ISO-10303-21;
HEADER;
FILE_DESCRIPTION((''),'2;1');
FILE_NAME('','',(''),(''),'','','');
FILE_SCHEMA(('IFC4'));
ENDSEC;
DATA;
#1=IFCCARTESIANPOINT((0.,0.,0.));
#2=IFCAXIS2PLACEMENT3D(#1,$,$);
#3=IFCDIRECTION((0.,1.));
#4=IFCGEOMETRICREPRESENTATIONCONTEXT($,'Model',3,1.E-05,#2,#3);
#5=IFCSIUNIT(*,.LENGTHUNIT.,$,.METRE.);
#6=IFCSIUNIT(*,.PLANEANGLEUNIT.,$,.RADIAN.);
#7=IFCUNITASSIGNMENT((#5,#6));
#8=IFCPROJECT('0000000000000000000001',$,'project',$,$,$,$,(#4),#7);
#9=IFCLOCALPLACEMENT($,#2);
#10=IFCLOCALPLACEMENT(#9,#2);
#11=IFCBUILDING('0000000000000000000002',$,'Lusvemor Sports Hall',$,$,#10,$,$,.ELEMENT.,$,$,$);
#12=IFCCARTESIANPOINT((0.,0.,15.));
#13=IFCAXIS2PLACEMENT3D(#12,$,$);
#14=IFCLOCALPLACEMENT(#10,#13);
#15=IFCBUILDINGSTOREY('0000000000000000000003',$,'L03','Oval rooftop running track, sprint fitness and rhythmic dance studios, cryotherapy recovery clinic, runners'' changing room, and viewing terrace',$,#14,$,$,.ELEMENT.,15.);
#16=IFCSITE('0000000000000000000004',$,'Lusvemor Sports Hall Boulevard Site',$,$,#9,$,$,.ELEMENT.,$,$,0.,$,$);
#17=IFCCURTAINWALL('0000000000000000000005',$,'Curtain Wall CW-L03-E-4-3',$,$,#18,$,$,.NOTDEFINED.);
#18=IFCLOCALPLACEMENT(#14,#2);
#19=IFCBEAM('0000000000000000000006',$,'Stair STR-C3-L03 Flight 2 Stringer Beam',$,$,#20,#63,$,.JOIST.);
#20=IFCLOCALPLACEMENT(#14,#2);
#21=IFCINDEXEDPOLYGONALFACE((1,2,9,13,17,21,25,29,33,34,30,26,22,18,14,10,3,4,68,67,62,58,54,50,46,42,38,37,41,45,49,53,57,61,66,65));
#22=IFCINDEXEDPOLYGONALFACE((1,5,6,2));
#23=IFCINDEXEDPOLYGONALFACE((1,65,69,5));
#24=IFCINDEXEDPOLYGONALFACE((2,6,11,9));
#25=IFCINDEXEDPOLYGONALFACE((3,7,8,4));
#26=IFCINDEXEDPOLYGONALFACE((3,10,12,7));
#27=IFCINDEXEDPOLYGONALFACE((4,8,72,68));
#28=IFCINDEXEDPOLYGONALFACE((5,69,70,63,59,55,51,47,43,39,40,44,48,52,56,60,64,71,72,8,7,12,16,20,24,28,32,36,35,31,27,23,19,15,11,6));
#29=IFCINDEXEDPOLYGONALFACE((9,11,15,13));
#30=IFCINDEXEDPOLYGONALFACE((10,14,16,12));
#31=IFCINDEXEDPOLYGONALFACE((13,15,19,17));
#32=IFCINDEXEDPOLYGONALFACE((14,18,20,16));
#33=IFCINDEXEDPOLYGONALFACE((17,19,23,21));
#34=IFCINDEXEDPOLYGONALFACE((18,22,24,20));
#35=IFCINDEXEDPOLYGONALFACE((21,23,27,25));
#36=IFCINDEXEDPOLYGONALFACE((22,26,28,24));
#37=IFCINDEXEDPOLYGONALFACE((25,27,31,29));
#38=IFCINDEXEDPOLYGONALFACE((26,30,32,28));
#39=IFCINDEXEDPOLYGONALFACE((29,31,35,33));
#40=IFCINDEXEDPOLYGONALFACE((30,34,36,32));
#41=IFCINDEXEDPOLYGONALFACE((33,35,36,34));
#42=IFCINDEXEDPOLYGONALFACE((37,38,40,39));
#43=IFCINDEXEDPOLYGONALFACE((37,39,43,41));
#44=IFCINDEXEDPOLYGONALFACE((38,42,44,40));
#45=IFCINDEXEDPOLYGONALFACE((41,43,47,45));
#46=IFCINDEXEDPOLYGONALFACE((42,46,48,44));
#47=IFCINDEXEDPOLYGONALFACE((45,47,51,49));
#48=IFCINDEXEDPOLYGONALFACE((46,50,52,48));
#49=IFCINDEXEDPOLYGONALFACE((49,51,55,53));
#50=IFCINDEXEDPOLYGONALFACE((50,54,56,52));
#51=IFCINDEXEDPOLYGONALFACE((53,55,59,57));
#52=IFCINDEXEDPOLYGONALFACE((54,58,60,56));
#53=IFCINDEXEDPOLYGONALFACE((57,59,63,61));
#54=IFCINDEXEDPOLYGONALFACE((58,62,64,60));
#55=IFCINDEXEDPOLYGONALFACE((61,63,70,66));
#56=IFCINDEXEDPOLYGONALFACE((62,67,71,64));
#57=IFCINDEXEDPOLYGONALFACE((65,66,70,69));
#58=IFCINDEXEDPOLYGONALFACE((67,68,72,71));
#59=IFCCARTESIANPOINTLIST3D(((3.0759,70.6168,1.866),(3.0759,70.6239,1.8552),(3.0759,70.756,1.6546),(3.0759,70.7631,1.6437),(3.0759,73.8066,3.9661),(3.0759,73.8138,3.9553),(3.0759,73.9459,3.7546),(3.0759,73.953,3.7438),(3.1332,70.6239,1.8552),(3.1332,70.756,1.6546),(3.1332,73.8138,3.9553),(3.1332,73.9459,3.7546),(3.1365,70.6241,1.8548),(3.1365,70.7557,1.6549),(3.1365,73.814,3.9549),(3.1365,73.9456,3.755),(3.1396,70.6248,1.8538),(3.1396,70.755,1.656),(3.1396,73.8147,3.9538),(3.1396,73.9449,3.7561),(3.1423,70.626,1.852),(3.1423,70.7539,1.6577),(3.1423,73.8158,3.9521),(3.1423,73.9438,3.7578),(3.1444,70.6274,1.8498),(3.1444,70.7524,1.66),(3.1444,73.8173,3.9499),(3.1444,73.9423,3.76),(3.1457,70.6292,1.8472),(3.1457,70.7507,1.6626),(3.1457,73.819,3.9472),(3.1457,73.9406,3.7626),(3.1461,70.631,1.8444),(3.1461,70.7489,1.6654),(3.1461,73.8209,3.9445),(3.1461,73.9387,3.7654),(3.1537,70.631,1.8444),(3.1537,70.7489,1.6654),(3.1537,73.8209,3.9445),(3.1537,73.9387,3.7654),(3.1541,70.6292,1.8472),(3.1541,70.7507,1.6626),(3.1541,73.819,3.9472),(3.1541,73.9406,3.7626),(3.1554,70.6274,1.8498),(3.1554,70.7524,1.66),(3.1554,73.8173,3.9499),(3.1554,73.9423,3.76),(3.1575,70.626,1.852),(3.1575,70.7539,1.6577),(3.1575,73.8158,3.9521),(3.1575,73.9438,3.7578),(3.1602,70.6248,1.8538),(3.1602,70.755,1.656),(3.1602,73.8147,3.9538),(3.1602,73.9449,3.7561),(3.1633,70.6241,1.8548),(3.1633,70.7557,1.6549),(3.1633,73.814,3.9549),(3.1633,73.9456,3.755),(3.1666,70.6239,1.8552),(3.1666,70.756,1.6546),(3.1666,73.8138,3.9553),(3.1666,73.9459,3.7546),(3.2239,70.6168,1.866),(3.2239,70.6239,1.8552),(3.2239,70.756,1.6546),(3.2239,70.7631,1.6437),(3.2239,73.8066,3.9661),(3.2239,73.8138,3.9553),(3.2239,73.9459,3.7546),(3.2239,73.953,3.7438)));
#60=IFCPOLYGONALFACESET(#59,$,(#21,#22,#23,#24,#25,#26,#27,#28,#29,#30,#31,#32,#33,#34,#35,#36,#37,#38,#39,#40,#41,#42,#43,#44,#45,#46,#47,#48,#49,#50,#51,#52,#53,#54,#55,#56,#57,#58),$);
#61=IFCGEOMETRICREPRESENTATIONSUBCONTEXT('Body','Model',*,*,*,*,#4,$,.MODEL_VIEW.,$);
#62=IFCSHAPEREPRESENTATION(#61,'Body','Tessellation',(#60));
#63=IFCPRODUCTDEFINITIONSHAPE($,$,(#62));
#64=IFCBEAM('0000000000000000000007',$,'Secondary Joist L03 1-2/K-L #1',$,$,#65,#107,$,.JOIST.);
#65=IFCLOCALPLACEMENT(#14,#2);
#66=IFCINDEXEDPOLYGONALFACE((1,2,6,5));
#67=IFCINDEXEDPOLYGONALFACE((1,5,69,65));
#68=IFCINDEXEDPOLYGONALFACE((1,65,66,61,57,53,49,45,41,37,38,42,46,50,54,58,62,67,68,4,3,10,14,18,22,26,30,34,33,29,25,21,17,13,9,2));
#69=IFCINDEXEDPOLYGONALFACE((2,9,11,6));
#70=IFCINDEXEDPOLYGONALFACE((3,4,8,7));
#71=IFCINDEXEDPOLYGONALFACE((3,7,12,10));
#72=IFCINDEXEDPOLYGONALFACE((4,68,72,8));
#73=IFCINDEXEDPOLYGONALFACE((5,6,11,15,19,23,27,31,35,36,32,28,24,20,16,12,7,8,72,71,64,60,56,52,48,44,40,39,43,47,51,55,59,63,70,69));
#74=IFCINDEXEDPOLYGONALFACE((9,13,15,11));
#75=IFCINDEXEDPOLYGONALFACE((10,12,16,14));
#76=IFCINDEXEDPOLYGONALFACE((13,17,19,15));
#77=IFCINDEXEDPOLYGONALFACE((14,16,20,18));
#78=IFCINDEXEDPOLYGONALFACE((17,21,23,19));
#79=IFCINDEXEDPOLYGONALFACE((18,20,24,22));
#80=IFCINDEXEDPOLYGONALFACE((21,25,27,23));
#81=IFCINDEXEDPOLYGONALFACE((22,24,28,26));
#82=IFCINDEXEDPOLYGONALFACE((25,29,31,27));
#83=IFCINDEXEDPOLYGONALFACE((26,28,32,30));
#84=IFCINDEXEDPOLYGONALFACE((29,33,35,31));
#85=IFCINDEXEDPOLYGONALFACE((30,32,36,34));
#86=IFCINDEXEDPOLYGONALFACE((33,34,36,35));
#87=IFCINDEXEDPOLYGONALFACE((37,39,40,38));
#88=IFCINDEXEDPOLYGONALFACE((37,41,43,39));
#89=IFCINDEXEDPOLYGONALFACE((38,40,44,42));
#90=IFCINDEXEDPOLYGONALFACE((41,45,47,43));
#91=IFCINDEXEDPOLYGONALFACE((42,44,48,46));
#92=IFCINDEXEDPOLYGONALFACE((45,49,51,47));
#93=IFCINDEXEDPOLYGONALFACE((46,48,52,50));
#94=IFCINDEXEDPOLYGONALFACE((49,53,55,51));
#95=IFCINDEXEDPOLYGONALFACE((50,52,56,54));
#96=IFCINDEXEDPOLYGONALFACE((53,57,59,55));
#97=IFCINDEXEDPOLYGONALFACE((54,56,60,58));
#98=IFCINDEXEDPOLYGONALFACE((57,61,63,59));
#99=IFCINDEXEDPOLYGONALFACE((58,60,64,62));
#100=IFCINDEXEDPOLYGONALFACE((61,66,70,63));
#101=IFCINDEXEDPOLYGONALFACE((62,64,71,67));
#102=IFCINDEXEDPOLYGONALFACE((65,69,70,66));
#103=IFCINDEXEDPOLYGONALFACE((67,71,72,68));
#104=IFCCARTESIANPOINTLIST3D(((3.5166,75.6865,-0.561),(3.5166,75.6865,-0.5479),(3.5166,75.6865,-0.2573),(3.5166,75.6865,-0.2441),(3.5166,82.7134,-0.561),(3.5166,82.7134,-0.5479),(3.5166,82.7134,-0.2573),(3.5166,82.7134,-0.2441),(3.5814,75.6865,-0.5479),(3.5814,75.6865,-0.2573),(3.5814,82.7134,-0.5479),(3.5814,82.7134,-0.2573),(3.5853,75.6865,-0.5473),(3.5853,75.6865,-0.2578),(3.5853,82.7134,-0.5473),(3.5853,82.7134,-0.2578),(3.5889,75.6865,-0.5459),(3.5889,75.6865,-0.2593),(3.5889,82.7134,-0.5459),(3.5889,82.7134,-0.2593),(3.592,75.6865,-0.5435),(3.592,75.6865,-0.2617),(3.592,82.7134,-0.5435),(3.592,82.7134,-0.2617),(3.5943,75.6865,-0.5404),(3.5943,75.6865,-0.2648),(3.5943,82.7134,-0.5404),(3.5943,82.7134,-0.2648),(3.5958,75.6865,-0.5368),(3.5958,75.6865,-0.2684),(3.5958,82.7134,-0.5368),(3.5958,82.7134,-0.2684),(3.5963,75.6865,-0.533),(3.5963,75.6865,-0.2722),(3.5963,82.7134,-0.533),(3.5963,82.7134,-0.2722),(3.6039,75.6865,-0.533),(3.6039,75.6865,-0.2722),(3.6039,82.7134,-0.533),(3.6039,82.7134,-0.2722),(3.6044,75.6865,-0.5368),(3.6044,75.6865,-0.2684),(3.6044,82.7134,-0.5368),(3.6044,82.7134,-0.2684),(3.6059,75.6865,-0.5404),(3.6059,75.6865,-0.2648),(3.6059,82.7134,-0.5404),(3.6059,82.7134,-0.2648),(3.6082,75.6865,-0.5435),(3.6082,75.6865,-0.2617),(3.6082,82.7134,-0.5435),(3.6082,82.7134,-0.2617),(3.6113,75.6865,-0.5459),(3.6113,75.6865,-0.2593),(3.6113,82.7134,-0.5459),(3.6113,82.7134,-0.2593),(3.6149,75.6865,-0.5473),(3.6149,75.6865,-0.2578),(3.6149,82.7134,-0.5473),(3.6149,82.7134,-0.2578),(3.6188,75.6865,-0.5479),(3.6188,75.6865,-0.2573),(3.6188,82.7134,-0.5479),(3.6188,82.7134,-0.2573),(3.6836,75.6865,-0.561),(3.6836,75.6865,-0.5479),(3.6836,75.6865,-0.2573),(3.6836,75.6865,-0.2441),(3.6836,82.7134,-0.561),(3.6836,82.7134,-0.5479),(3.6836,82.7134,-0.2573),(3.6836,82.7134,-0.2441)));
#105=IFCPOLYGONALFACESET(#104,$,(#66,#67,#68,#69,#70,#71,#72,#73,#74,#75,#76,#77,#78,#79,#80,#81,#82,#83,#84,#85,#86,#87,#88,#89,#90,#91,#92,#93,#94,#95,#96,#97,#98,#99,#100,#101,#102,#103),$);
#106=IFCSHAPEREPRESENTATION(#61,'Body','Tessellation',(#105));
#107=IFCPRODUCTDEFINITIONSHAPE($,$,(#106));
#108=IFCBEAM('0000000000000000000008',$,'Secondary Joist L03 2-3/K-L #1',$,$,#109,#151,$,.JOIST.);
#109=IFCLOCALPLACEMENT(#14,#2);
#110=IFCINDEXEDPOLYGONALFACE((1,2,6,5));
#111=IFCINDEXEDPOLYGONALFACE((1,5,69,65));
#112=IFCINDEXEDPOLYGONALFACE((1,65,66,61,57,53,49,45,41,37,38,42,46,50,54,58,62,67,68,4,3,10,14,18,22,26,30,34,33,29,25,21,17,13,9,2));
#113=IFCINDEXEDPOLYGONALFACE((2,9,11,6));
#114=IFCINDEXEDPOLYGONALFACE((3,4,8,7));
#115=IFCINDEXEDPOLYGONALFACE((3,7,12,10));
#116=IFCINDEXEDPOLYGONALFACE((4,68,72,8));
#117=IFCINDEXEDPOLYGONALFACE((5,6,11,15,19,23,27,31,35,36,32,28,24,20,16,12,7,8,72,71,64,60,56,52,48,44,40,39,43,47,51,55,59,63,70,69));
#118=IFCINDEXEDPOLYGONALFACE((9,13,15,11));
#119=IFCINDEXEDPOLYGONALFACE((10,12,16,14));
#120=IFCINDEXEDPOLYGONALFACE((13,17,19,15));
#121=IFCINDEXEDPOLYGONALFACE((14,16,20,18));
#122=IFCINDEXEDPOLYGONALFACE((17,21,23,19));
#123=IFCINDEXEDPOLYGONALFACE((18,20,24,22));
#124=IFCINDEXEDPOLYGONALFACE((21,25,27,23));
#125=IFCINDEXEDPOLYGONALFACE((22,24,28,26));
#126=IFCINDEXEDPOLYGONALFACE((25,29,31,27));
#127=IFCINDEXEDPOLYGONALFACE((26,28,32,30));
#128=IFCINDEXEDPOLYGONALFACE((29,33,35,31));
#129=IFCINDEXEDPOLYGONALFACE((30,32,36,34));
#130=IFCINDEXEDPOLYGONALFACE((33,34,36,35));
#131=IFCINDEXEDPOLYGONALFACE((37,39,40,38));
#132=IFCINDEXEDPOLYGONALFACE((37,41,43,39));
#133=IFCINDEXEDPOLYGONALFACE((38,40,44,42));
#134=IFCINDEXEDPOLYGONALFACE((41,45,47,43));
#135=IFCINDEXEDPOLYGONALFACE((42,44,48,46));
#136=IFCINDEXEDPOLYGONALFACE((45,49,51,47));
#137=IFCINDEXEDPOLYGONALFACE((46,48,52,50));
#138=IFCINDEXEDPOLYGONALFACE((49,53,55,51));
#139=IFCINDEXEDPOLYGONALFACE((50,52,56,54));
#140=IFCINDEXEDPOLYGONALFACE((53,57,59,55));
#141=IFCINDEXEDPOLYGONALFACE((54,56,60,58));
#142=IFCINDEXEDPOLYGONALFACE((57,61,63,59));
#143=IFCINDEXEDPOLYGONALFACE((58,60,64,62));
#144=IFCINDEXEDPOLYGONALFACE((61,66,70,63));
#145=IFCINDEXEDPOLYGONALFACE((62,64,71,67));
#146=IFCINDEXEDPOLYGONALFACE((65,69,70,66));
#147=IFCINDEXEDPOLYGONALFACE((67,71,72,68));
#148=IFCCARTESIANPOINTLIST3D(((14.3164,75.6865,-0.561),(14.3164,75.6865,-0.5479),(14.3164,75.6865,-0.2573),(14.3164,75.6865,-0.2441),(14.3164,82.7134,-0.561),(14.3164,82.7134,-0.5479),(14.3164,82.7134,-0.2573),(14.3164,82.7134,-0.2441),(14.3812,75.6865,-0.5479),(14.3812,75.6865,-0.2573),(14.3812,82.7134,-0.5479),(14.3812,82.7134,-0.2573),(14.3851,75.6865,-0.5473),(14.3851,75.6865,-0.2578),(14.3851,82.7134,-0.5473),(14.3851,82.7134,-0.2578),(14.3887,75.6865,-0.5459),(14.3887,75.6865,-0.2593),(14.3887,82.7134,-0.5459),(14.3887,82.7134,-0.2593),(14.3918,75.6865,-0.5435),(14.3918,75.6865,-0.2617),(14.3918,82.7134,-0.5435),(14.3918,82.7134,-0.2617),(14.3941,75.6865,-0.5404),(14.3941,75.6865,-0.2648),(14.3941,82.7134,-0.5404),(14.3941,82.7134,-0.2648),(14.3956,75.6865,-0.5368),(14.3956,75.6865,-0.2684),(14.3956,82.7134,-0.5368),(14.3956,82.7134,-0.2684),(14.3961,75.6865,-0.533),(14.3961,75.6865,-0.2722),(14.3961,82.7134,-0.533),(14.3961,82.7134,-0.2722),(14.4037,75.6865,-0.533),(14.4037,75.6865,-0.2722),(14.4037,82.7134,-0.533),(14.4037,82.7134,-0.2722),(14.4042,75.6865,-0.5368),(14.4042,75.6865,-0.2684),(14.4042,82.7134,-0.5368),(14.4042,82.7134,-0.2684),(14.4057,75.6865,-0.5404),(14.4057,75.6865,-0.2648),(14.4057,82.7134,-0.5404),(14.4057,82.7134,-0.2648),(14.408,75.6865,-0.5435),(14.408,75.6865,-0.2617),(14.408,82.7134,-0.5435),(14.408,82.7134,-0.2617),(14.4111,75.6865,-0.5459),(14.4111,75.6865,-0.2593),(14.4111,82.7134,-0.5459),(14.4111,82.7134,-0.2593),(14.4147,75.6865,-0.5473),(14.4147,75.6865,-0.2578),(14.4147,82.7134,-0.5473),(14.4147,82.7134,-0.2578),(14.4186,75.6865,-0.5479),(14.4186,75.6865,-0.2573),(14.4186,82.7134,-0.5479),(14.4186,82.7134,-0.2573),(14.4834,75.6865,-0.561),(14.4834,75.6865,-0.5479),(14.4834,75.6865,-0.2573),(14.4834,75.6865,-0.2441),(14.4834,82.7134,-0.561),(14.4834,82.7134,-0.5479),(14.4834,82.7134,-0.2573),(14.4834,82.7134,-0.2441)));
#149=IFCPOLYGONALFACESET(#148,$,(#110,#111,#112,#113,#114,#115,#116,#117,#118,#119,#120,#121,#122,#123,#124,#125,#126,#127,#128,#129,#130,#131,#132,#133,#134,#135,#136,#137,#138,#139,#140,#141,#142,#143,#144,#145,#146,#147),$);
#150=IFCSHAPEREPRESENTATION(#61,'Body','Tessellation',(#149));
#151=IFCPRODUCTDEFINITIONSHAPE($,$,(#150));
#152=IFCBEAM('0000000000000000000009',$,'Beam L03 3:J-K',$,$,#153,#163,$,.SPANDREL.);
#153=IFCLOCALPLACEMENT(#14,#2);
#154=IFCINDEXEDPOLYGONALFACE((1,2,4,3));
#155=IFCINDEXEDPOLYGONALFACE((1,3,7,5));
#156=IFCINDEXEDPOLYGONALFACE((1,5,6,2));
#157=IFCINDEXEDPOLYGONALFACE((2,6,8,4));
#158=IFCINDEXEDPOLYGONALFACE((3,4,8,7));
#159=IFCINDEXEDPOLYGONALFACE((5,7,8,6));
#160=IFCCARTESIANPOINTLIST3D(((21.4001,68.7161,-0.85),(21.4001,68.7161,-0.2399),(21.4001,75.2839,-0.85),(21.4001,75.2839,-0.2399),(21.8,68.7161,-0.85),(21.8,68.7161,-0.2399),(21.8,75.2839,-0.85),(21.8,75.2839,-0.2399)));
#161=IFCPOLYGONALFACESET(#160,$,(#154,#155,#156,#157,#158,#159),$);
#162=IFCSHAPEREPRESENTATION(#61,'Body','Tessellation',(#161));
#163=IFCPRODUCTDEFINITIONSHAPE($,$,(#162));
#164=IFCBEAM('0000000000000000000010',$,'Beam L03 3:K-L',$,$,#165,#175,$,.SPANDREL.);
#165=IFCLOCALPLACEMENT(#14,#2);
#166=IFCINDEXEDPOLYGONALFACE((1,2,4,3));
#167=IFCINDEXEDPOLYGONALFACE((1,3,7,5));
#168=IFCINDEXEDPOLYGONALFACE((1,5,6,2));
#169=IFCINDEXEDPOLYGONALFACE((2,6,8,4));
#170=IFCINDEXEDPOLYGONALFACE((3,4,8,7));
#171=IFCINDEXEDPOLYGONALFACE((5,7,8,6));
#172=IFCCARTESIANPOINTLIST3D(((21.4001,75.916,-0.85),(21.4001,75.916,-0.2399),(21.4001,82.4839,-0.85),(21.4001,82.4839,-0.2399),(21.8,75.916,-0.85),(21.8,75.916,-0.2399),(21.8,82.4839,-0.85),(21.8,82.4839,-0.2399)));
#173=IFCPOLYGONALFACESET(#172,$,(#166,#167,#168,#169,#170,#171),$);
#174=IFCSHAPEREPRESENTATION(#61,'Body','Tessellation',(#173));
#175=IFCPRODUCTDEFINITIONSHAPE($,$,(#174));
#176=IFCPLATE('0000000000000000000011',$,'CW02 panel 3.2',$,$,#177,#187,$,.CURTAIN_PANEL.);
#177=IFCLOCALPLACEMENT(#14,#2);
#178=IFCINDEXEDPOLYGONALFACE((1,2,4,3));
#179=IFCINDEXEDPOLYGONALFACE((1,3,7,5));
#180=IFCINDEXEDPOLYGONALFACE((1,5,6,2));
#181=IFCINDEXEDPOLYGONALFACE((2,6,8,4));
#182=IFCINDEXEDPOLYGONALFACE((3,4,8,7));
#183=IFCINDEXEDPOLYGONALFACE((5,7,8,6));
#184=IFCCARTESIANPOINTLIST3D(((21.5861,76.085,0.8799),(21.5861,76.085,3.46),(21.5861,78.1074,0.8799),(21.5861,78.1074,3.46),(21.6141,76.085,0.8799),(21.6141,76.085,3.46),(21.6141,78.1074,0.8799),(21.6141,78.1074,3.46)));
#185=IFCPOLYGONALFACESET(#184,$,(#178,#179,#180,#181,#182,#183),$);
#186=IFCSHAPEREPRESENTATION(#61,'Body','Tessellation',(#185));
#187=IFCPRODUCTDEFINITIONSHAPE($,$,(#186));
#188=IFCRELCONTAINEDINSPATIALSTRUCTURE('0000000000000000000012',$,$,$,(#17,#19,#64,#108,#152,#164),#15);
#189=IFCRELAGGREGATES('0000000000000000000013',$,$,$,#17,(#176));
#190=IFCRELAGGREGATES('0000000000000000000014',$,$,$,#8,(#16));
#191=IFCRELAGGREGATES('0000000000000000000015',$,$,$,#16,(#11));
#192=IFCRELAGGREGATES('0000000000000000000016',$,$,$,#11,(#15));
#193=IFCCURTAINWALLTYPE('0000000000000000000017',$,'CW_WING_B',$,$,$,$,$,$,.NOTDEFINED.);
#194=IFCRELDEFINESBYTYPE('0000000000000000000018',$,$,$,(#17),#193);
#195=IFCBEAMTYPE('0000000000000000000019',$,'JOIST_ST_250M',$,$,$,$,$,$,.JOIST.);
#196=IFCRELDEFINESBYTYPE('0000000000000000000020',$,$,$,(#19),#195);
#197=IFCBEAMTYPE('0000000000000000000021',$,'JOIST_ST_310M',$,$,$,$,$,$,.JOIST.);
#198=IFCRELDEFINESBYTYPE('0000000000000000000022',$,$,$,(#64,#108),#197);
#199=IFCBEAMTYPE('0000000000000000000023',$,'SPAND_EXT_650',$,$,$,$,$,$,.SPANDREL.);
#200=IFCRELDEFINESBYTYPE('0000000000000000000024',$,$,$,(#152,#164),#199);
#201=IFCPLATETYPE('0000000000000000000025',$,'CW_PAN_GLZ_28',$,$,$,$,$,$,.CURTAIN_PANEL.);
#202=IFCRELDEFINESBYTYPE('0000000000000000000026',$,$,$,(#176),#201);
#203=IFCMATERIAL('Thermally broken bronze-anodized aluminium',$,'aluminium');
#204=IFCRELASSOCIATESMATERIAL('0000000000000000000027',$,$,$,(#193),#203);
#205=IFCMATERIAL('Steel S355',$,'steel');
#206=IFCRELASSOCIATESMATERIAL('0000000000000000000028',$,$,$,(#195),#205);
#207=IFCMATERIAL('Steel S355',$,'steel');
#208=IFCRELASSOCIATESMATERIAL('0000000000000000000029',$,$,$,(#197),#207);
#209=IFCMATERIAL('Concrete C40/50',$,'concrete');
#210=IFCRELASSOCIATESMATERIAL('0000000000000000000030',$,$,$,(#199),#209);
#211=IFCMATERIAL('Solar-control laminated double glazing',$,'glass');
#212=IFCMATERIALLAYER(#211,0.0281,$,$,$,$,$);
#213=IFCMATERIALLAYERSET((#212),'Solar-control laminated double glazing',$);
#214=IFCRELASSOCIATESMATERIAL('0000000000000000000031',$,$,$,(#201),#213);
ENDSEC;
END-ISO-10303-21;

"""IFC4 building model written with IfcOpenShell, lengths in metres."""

from ifc_helpers import new_model, si_unit, direction, frame, origin, origin_2d, place, context, subcontext, project, spatial, rectangle, i_section, extrude, material, layer, layer_set, material_profile, profile_set, type_object, element, aggregate, save


model = new_model("IFC4")

# Units and contexts
model_context = context("Model", 3, precision=1e-05, world=origin(), true_north=direction((0.0, 1.0)))
body_context = subcontext(model_context, "Body", "Model", "MODEL_VIEW")
ifc_project = project(units=[si_unit("LENGTHUNIT", "METRE"), si_unit("PLANEANGLEUNIT", "RADIAN")], contexts=[model_context])

# Site, building, storey
site_placement = place(None, origin())
site = spatial("IfcSite", under=ifc_project, at=site_placement, Name="Lusvemor Sports Hall Boulevard Site", CompositionType="ELEMENT", RefElevation=0.0)
building_placement = place(site_placement, origin())
building = spatial("IfcBuilding", under=site, at=building_placement, Name="Lusvemor Sports Hall", CompositionType="ELEMENT")
storey_placement = place(building_placement, frame((0.0, 0.0, 15.0)))
storey = spatial("IfcBuildingStorey", under=building, at=storey_placement, Name="L03", Description="Oval rooftop running track, sprint fitness and rhythmic dance studios, cryotherapy recovery clinic, runners' changing room, and viewing terrace", CompositionType="ELEMENT", Elevation=15.0)

# Curtain wall
ifc_material_1 = material(Name="Thermally broken bronze-anodized aluminium", Category="aluminium")
curtain_wall_type = type_object("IfcCurtainWallType", Name="CW_WING_B", PredefinedType="NOTDEFINED", material=ifc_material_1)
curtain_wall_placement = place(storey_placement, origin())
curtain_wall = element("IfcCurtainWall", 1, at=curtain_wall_placement, inside=storey, type_object=curtain_wall_type, Name="Curtain Wall CW-L03-E-4-3", PredefinedType="NOTDEFINED")

# Beams
ifc_material_2 = material(Name="Steel S355", Category="steel")
ifc_material_profile_1 = material_profile(ifc_material_2, i_section(OverallWidth=0.1479, OverallDepth=0.2661, WebThickness=0.0076, FlangeThickness=0.0129, FilletRadius=0.0129, at=origin_2d()), Name="W250x44.8")
ifc_profile_set_1 = profile_set([ifc_material_profile_1], Name="Steel S355")
beam_type_1 = type_object("IfcBeamType", Name="JOIST_ST_250M", PredefinedType="JOIST", material=ifc_profile_set_1)
beam_1_placement = place(storey_placement, frame((3.1499, 70.6899, 1.7549), z_axis=(0.0, 0.835242, 0.549882), x_axis=(-1.0, 0.0, 0.0)))
element("IfcBeam", 2, at=beam_1_placement, inside=storey, type_object=beam_type_1, Name="Stair STR-C3-L03 Flight 2 Stringer Beam", PredefinedType="JOIST", context=body_context, shape_type="SweptSolid", body=[
    extrude(i_section(OverallWidth=0.1479, OverallDepth=0.2661, WebThickness=0.0076, FlangeThickness=0.0129, FilletRadius=0.0129, at=origin_2d()), origin(), (0.0, 0.0, 1.0), 3.8191),
])
ifc_material_3 = material(Name="Steel S355", Category="steel")
ifc_material_profile_2 = material_profile(ifc_material_3, i_section(OverallWidth=0.167, OverallDepth=0.3169, WebThickness=0.0076, FlangeThickness=0.0132, FilletRadius=0.0149, at=origin_2d()), Name="W310x52.0")
ifc_profile_set_2 = profile_set([ifc_material_profile_2], Name="Steel S355")
beam_type_2 = type_object("IfcBeamType", Name="JOIST_ST_310M", PredefinedType="JOIST", material=ifc_profile_set_2)
for number, where, z_axis, x_axis, name in (
    (3, (3.6001, 75.6865, -0.4026), (0.0, 1.0, 0.0), (-1.0, 0.0, 0.0), "Secondary Joist L03 1-2/K-L #1"),
    (4, (14.3999, 75.6865, -0.4026), (0.0, 1.0, 0.0), (-1.0, 0.0, 0.0), "Secondary Joist L03 2-3/K-L #1"),
):
    element("IfcBeam", number, at=place(storey_placement, frame(where, z_axis=z_axis, x_axis=x_axis)), inside=storey, type_object=beam_type_2, Name=name, PredefinedType="JOIST", context=body_context, shape_type="SweptSolid", body=[
        extrude(i_section(OverallWidth=0.167, OverallDepth=0.3169, WebThickness=0.0076, FlangeThickness=0.0132, FilletRadius=0.0149, at=origin_2d()), origin(), (0.0, 0.0, 1.0), 7.0269),
    ])
ifc_material_4 = material(Name="Concrete C40/50", Category="concrete")
ifc_material_profile_3 = material_profile(ifc_material_4, rectangle(XDim=0.3999, YDim=0.6101, at=origin_2d()), Name="RC400x610")
ifc_profile_set_3 = profile_set([ifc_material_profile_3], Name="Concrete C40/50")
beam_type_3 = type_object("IfcBeamType", Name="SPAND_EXT_650", PredefinedType="SPANDREL", material=ifc_profile_set_3)
for number, where, z_axis, x_axis, name in (
    (5, (21.6001, 68.7161, -0.5449), (0.0, 1.0, 0.0), (-1.0, 0.0, 0.0), "Beam L03 3:J-K"),
    (6, (21.6001, 75.916, -0.5449), (0.0, 1.0, 0.0), (-1.0, 0.0, 0.0), "Beam L03 3:K-L"),
):
    element("IfcBeam", number, at=place(storey_placement, frame(where, z_axis=z_axis, x_axis=x_axis)), inside=storey, type_object=beam_type_3, Name=name, PredefinedType="SPANDREL", context=body_context, shape_type="SweptSolid", body=[
        extrude(rectangle(XDim=0.3999, YDim=0.6101, at=origin_2d()), origin(), (0.0, 0.0, 1.0), 6.5679),
    ])

# Plate
ifc_material_5 = material(Name="Solar-control laminated double glazing", Category="glass")
ifc_layer_1 = layer(ifc_material_5, 0.0281)
ifc_layer_set_1 = layer_set([ifc_layer_1], Name="Solar-control laminated double glazing")
plate_type_1 = type_object("IfcPlateType", Name="CW_PAN_GLZ_28", PredefinedType="CURTAIN_PANEL", material=ifc_layer_set_1)
plate_1_placement = place(storey_placement, frame((21.6001, 77.0962, 0.8799), z_axis=(0.0, 0.0, 1.0), x_axis=(0.0, -1.0, 0.0)))
plate_1 = element("IfcPlate", 7, at=plate_1_placement, type_object=plate_type_1, Name="CW02 panel 3.2", PredefinedType="CURTAIN_PANEL", context=body_context, shape_type="SweptSolid", body=[
    extrude(rectangle(XDim=2.0225, YDim=0.0281, at=origin_2d()), origin(), (0.0, 0.0, 1.0), 2.5801),
])
aggregate(curtain_wall, [plate_1])

save(model, "model.ifc")
